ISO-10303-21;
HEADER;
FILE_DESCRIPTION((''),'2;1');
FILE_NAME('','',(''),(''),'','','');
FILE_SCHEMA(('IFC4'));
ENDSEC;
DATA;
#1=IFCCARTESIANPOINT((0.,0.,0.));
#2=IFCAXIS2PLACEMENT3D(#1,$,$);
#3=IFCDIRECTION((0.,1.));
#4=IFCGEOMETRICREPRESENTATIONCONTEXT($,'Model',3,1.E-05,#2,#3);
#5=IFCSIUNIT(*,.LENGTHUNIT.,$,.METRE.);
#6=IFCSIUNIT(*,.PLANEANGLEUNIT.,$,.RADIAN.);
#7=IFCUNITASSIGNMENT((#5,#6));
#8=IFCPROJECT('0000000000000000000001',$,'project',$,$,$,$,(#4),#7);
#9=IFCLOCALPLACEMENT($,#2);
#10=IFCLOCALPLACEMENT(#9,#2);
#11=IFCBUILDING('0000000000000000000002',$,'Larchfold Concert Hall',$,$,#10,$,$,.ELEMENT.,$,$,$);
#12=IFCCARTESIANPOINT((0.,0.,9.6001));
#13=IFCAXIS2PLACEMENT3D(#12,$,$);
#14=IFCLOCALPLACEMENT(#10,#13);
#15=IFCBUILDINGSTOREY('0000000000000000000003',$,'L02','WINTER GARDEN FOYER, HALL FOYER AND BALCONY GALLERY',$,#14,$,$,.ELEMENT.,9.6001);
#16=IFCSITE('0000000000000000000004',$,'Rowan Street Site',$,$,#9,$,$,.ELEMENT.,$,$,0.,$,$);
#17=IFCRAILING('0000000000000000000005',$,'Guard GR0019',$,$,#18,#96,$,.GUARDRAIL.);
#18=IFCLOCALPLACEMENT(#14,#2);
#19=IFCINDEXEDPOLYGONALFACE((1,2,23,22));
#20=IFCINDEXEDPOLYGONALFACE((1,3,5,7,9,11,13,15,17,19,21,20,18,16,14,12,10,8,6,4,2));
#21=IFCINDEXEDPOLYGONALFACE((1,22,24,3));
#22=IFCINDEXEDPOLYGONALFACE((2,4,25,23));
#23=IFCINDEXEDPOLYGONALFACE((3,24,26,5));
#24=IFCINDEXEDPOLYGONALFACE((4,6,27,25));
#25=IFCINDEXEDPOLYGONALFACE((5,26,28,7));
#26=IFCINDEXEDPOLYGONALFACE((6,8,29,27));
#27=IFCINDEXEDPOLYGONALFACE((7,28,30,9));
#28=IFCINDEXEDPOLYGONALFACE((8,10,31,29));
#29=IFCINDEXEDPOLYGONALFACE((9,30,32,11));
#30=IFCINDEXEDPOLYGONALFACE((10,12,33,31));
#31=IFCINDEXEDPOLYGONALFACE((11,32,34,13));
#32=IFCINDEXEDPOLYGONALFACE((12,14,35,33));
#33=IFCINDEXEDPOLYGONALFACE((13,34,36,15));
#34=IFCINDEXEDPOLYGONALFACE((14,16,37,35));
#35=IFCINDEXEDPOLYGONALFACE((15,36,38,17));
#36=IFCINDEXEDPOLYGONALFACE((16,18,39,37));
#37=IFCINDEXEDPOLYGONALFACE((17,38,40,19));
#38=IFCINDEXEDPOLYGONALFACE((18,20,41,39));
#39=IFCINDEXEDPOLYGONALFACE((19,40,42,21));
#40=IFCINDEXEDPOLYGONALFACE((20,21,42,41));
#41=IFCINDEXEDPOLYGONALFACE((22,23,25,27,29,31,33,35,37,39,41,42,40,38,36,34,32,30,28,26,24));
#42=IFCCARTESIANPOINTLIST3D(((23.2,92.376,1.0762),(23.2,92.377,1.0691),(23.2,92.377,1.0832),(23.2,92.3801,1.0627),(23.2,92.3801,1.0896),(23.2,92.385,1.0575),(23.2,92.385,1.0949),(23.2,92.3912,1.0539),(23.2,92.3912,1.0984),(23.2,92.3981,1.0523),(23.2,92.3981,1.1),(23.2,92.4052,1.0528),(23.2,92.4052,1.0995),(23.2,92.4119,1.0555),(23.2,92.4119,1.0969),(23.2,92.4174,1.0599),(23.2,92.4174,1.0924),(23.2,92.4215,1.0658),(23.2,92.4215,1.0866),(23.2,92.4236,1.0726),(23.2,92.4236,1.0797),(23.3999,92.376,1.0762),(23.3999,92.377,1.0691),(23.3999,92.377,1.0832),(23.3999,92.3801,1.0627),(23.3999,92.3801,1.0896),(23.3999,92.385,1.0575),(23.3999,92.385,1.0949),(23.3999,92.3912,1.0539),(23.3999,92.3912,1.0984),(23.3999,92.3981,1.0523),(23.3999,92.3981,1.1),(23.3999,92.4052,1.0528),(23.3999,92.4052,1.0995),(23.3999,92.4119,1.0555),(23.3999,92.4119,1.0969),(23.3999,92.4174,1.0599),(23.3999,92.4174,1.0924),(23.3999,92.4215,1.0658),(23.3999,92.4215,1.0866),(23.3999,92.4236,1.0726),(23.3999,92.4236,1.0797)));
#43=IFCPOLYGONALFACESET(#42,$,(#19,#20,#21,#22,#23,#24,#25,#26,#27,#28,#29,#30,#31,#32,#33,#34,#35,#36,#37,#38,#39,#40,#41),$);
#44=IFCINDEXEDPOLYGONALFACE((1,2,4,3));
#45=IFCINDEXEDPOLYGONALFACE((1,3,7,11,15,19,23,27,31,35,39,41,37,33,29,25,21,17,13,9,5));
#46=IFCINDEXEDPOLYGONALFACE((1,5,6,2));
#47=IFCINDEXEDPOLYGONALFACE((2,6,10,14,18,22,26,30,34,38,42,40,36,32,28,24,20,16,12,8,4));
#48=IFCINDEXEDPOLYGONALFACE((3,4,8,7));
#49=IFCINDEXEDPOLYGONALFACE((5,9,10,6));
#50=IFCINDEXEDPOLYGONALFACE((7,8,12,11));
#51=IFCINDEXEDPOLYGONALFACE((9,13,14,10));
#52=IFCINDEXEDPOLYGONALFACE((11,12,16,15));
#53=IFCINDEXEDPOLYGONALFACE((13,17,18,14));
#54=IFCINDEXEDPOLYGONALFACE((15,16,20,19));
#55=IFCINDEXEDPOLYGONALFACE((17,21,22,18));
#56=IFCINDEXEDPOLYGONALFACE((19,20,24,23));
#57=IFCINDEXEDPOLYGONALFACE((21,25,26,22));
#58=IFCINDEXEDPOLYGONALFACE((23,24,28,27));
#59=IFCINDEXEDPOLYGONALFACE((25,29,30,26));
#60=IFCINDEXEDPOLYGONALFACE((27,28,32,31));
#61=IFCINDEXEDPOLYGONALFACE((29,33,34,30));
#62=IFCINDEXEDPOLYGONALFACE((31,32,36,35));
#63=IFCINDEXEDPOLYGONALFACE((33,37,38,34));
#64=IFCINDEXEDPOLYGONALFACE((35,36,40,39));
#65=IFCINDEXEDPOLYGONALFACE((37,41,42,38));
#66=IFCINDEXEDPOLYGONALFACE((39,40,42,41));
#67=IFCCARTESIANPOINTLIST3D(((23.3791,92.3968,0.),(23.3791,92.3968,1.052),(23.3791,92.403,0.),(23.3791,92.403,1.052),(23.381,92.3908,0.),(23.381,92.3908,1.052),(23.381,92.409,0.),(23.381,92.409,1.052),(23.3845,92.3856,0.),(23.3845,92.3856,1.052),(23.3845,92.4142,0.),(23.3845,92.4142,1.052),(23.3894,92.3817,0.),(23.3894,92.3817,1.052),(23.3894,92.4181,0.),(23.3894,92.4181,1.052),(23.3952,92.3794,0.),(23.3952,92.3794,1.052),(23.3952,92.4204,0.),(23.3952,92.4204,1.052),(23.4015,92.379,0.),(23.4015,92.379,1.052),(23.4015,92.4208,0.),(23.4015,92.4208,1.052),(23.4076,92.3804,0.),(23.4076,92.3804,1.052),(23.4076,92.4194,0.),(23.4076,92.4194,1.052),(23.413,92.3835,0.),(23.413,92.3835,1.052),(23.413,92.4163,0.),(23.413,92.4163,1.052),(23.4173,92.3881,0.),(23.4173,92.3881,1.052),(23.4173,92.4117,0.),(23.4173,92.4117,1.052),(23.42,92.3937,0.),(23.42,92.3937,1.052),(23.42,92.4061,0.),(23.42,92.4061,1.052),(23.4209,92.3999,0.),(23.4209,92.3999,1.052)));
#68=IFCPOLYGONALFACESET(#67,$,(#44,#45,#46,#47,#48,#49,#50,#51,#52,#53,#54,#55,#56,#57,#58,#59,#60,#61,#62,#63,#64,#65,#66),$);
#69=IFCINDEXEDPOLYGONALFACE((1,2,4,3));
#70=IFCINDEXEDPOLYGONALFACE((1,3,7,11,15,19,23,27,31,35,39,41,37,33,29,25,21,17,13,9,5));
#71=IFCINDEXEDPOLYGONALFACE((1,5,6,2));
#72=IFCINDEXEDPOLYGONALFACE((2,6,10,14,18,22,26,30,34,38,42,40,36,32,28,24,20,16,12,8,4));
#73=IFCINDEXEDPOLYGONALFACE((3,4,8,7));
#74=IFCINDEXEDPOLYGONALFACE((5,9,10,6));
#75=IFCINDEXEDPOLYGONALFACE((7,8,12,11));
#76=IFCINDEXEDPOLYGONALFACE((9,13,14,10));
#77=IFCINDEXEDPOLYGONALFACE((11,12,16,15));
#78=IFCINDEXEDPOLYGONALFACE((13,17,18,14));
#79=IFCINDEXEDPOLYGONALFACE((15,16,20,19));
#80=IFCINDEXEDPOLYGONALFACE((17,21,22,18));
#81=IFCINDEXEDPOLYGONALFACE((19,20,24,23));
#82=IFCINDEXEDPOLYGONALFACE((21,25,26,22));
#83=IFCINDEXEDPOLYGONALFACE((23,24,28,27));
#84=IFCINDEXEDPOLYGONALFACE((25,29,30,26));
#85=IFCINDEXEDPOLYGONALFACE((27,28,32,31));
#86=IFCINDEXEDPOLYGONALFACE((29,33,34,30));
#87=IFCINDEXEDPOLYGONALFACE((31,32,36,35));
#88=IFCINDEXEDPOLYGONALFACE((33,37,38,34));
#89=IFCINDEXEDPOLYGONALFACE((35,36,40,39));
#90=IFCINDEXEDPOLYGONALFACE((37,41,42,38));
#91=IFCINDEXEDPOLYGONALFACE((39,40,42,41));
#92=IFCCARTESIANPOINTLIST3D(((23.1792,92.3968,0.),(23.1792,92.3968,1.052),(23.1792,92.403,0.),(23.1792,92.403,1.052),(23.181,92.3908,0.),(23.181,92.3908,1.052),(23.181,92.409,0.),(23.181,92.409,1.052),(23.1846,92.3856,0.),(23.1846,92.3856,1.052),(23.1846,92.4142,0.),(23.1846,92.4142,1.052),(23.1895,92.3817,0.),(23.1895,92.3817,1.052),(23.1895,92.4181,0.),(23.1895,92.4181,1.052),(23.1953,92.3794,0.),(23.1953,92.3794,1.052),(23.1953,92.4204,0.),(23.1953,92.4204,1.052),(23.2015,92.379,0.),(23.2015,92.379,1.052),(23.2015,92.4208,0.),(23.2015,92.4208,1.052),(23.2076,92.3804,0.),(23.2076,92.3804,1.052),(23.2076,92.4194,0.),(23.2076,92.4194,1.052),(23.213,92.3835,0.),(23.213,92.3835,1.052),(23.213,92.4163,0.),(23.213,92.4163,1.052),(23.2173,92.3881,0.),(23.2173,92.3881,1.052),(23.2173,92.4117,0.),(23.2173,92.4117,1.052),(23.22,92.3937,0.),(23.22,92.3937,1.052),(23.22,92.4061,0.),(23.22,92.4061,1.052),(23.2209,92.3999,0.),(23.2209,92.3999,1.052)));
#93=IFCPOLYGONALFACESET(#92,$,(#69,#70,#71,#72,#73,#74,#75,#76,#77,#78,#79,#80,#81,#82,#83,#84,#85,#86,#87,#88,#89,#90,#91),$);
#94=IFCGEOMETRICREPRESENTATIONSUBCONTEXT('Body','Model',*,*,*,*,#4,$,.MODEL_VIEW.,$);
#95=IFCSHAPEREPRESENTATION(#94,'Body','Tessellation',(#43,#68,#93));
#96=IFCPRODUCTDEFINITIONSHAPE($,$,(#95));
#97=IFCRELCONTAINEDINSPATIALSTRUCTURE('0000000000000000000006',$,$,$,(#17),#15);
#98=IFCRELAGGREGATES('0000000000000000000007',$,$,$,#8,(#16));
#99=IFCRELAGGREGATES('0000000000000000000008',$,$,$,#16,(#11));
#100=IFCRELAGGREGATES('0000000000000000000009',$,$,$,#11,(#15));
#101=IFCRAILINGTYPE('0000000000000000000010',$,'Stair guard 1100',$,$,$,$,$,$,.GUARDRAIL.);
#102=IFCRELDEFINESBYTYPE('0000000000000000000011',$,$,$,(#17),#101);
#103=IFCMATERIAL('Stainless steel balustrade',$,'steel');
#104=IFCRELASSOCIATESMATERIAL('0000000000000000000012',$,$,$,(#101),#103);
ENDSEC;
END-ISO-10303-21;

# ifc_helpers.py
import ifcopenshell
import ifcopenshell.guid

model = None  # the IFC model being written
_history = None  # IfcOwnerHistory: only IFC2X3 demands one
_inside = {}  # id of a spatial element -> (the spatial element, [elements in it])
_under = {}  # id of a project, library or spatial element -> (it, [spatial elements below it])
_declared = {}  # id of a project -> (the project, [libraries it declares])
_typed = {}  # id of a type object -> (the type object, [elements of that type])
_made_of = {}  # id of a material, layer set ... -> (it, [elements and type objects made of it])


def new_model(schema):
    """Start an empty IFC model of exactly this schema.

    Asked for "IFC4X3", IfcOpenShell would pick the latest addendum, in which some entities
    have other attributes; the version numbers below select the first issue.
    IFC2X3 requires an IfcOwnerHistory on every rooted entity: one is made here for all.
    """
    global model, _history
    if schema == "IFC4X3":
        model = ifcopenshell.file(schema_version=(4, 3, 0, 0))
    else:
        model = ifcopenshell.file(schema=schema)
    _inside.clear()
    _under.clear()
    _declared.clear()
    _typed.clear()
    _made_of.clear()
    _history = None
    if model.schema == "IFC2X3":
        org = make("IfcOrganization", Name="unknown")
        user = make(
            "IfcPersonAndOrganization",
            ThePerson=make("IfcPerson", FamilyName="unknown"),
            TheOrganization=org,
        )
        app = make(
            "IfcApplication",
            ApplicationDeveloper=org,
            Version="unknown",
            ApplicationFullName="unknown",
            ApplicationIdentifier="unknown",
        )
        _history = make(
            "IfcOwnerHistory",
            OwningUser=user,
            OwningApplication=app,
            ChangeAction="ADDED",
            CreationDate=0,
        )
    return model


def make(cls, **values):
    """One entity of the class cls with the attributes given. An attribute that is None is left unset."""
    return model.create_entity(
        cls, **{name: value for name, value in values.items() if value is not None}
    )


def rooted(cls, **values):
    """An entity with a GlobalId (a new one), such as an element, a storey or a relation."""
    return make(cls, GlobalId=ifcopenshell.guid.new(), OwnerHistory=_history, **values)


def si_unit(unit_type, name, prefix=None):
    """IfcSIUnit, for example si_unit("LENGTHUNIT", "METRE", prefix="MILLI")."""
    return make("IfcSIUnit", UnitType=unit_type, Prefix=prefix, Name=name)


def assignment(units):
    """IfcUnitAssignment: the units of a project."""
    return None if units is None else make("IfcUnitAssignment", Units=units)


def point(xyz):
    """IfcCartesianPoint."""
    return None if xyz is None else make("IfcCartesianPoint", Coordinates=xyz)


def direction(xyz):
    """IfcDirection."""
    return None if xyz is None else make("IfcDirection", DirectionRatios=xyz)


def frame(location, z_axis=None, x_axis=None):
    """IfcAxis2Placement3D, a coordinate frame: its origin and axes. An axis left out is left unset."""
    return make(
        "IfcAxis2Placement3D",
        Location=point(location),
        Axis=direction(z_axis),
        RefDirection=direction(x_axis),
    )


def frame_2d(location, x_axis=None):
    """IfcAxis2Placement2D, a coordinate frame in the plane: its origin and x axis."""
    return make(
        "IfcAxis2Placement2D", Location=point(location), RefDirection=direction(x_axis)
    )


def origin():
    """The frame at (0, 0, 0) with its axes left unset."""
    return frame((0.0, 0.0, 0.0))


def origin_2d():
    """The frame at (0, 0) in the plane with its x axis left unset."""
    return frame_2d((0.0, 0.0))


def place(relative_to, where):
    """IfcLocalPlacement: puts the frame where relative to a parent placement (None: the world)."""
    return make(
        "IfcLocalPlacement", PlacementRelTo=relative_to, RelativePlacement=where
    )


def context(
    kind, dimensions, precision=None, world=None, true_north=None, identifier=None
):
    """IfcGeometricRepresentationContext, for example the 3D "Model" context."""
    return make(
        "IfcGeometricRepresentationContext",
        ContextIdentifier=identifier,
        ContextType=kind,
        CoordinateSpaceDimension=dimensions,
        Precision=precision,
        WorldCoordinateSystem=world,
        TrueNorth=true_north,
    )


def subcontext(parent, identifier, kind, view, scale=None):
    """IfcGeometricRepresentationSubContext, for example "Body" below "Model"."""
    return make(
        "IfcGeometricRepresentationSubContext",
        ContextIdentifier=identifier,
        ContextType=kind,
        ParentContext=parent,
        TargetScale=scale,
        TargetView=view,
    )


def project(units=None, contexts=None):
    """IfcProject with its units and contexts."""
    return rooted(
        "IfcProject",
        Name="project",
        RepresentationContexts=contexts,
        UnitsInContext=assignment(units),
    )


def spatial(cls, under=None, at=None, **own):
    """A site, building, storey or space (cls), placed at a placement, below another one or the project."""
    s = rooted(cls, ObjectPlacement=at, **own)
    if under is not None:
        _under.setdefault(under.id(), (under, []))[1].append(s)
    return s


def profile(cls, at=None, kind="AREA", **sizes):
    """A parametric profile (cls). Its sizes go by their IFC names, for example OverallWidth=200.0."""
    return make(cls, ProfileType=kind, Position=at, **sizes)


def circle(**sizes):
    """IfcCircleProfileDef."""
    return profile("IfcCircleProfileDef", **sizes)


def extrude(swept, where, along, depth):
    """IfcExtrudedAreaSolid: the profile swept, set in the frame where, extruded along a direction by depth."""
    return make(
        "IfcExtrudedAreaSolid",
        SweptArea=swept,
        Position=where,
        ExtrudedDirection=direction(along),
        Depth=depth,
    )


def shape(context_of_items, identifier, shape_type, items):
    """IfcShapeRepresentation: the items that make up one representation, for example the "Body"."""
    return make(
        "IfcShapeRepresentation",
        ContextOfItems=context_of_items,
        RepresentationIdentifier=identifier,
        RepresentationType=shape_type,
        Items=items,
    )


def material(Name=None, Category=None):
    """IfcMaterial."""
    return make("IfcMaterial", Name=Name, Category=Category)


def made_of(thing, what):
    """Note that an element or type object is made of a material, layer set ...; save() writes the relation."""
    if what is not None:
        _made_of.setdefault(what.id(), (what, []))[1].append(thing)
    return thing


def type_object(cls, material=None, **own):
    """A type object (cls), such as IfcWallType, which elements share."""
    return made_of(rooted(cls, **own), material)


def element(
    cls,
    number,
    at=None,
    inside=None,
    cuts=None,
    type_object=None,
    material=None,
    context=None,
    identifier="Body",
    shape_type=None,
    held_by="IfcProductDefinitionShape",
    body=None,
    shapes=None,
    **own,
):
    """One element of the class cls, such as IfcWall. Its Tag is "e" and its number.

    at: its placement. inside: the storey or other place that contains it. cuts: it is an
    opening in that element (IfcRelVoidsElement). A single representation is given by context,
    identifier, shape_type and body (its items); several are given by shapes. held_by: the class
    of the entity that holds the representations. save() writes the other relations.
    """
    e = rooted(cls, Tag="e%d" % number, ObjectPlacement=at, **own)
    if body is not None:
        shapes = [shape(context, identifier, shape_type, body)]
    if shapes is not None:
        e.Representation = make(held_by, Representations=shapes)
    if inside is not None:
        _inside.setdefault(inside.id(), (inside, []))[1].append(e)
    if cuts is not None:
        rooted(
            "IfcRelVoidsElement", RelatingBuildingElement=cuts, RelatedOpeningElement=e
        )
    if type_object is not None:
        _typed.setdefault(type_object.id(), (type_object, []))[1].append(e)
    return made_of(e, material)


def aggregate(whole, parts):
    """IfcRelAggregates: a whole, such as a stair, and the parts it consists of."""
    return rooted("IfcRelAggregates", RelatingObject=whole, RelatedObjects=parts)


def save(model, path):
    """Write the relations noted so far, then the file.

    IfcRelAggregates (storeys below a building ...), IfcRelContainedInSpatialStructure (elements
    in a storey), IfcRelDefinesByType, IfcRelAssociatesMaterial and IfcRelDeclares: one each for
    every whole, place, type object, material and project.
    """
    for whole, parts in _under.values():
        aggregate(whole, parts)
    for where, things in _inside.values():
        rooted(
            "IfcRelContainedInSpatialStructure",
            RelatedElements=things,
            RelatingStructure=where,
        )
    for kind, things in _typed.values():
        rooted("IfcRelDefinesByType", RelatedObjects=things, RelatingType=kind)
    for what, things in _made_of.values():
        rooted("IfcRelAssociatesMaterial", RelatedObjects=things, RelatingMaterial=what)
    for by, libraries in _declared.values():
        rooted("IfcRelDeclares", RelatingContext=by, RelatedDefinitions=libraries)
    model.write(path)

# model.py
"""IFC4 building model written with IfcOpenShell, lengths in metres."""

from ifc_helpers import new_model, si_unit, direction, frame, origin, origin_2d, place, context, subcontext, project, spatial, circle, extrude, material, type_object, element, save


model = new_model("IFC4")

# Units and contexts
model_context = context("Model", 3, precision=1e-05, world=origin(), true_north=direction((0.0, 1.0)))
body_context = subcontext(model_context, "Body", "Model", "MODEL_VIEW")
ifc_project = project(units=[si_unit("LENGTHUNIT", "METRE"), si_unit("PLANEANGLEUNIT", "RADIAN")], contexts=[model_context])

# Site, building, storey
site_placement = place(None, origin())
site = spatial("IfcSite", under=ifc_project, at=site_placement, Name="Rowan Street Site", CompositionType="ELEMENT", RefElevation=0.0)
building_placement = place(site_placement, origin())
building = spatial("IfcBuilding", under=site, at=building_placement, Name="Larchfold Concert Hall", CompositionType="ELEMENT")
storey_placement = place(building_placement, frame((0.0, 0.0, 9.6001)))
storey = spatial("IfcBuildingStorey", under=building, at=storey_placement, Name="L02", Description="WINTER GARDEN FOYER, HALL FOYER AND BALCONY GALLERY", CompositionType="ELEMENT", Elevation=9.6001)

# Railing
ifc_material_1 = material(Name="Stainless steel balustrade", Category="steel")
railing_type_1 = type_object("IfcRailingType", Name="Stair guard 1100", PredefinedType="GUARDRAIL", material=ifc_material_1)
railing_1_placement = place(storey_placement, frame((23.3999, 92.3999, 0.0)))
element("IfcRailing", 1, at=railing_1_placement, inside=storey, type_object=railing_type_1, Name="Guard GR0019", PredefinedType="GUARDRAIL", context=body_context, shape_type="SweptSolid", body=[
    extrude(circle(Radius=0.0239, at=origin_2d()), frame((0.0, 0.0, 1.0762), z_axis=(-1.0, 0.0, 0.0), x_axis=(0.0, -1.0, 0.0)), (0.0, 0.0, 1.0), 0.2),
    extrude(circle(Radius=0.021, at=origin_2d()), origin(), (0.0, 0.0, 1.0), 1.052),
    extrude(circle(Radius=0.021, at=origin_2d()), frame((-0.2, 0.0, 0.0)), (0.0, 0.0, 1.0), 1.052),
])

save(model, "model.ifc")
